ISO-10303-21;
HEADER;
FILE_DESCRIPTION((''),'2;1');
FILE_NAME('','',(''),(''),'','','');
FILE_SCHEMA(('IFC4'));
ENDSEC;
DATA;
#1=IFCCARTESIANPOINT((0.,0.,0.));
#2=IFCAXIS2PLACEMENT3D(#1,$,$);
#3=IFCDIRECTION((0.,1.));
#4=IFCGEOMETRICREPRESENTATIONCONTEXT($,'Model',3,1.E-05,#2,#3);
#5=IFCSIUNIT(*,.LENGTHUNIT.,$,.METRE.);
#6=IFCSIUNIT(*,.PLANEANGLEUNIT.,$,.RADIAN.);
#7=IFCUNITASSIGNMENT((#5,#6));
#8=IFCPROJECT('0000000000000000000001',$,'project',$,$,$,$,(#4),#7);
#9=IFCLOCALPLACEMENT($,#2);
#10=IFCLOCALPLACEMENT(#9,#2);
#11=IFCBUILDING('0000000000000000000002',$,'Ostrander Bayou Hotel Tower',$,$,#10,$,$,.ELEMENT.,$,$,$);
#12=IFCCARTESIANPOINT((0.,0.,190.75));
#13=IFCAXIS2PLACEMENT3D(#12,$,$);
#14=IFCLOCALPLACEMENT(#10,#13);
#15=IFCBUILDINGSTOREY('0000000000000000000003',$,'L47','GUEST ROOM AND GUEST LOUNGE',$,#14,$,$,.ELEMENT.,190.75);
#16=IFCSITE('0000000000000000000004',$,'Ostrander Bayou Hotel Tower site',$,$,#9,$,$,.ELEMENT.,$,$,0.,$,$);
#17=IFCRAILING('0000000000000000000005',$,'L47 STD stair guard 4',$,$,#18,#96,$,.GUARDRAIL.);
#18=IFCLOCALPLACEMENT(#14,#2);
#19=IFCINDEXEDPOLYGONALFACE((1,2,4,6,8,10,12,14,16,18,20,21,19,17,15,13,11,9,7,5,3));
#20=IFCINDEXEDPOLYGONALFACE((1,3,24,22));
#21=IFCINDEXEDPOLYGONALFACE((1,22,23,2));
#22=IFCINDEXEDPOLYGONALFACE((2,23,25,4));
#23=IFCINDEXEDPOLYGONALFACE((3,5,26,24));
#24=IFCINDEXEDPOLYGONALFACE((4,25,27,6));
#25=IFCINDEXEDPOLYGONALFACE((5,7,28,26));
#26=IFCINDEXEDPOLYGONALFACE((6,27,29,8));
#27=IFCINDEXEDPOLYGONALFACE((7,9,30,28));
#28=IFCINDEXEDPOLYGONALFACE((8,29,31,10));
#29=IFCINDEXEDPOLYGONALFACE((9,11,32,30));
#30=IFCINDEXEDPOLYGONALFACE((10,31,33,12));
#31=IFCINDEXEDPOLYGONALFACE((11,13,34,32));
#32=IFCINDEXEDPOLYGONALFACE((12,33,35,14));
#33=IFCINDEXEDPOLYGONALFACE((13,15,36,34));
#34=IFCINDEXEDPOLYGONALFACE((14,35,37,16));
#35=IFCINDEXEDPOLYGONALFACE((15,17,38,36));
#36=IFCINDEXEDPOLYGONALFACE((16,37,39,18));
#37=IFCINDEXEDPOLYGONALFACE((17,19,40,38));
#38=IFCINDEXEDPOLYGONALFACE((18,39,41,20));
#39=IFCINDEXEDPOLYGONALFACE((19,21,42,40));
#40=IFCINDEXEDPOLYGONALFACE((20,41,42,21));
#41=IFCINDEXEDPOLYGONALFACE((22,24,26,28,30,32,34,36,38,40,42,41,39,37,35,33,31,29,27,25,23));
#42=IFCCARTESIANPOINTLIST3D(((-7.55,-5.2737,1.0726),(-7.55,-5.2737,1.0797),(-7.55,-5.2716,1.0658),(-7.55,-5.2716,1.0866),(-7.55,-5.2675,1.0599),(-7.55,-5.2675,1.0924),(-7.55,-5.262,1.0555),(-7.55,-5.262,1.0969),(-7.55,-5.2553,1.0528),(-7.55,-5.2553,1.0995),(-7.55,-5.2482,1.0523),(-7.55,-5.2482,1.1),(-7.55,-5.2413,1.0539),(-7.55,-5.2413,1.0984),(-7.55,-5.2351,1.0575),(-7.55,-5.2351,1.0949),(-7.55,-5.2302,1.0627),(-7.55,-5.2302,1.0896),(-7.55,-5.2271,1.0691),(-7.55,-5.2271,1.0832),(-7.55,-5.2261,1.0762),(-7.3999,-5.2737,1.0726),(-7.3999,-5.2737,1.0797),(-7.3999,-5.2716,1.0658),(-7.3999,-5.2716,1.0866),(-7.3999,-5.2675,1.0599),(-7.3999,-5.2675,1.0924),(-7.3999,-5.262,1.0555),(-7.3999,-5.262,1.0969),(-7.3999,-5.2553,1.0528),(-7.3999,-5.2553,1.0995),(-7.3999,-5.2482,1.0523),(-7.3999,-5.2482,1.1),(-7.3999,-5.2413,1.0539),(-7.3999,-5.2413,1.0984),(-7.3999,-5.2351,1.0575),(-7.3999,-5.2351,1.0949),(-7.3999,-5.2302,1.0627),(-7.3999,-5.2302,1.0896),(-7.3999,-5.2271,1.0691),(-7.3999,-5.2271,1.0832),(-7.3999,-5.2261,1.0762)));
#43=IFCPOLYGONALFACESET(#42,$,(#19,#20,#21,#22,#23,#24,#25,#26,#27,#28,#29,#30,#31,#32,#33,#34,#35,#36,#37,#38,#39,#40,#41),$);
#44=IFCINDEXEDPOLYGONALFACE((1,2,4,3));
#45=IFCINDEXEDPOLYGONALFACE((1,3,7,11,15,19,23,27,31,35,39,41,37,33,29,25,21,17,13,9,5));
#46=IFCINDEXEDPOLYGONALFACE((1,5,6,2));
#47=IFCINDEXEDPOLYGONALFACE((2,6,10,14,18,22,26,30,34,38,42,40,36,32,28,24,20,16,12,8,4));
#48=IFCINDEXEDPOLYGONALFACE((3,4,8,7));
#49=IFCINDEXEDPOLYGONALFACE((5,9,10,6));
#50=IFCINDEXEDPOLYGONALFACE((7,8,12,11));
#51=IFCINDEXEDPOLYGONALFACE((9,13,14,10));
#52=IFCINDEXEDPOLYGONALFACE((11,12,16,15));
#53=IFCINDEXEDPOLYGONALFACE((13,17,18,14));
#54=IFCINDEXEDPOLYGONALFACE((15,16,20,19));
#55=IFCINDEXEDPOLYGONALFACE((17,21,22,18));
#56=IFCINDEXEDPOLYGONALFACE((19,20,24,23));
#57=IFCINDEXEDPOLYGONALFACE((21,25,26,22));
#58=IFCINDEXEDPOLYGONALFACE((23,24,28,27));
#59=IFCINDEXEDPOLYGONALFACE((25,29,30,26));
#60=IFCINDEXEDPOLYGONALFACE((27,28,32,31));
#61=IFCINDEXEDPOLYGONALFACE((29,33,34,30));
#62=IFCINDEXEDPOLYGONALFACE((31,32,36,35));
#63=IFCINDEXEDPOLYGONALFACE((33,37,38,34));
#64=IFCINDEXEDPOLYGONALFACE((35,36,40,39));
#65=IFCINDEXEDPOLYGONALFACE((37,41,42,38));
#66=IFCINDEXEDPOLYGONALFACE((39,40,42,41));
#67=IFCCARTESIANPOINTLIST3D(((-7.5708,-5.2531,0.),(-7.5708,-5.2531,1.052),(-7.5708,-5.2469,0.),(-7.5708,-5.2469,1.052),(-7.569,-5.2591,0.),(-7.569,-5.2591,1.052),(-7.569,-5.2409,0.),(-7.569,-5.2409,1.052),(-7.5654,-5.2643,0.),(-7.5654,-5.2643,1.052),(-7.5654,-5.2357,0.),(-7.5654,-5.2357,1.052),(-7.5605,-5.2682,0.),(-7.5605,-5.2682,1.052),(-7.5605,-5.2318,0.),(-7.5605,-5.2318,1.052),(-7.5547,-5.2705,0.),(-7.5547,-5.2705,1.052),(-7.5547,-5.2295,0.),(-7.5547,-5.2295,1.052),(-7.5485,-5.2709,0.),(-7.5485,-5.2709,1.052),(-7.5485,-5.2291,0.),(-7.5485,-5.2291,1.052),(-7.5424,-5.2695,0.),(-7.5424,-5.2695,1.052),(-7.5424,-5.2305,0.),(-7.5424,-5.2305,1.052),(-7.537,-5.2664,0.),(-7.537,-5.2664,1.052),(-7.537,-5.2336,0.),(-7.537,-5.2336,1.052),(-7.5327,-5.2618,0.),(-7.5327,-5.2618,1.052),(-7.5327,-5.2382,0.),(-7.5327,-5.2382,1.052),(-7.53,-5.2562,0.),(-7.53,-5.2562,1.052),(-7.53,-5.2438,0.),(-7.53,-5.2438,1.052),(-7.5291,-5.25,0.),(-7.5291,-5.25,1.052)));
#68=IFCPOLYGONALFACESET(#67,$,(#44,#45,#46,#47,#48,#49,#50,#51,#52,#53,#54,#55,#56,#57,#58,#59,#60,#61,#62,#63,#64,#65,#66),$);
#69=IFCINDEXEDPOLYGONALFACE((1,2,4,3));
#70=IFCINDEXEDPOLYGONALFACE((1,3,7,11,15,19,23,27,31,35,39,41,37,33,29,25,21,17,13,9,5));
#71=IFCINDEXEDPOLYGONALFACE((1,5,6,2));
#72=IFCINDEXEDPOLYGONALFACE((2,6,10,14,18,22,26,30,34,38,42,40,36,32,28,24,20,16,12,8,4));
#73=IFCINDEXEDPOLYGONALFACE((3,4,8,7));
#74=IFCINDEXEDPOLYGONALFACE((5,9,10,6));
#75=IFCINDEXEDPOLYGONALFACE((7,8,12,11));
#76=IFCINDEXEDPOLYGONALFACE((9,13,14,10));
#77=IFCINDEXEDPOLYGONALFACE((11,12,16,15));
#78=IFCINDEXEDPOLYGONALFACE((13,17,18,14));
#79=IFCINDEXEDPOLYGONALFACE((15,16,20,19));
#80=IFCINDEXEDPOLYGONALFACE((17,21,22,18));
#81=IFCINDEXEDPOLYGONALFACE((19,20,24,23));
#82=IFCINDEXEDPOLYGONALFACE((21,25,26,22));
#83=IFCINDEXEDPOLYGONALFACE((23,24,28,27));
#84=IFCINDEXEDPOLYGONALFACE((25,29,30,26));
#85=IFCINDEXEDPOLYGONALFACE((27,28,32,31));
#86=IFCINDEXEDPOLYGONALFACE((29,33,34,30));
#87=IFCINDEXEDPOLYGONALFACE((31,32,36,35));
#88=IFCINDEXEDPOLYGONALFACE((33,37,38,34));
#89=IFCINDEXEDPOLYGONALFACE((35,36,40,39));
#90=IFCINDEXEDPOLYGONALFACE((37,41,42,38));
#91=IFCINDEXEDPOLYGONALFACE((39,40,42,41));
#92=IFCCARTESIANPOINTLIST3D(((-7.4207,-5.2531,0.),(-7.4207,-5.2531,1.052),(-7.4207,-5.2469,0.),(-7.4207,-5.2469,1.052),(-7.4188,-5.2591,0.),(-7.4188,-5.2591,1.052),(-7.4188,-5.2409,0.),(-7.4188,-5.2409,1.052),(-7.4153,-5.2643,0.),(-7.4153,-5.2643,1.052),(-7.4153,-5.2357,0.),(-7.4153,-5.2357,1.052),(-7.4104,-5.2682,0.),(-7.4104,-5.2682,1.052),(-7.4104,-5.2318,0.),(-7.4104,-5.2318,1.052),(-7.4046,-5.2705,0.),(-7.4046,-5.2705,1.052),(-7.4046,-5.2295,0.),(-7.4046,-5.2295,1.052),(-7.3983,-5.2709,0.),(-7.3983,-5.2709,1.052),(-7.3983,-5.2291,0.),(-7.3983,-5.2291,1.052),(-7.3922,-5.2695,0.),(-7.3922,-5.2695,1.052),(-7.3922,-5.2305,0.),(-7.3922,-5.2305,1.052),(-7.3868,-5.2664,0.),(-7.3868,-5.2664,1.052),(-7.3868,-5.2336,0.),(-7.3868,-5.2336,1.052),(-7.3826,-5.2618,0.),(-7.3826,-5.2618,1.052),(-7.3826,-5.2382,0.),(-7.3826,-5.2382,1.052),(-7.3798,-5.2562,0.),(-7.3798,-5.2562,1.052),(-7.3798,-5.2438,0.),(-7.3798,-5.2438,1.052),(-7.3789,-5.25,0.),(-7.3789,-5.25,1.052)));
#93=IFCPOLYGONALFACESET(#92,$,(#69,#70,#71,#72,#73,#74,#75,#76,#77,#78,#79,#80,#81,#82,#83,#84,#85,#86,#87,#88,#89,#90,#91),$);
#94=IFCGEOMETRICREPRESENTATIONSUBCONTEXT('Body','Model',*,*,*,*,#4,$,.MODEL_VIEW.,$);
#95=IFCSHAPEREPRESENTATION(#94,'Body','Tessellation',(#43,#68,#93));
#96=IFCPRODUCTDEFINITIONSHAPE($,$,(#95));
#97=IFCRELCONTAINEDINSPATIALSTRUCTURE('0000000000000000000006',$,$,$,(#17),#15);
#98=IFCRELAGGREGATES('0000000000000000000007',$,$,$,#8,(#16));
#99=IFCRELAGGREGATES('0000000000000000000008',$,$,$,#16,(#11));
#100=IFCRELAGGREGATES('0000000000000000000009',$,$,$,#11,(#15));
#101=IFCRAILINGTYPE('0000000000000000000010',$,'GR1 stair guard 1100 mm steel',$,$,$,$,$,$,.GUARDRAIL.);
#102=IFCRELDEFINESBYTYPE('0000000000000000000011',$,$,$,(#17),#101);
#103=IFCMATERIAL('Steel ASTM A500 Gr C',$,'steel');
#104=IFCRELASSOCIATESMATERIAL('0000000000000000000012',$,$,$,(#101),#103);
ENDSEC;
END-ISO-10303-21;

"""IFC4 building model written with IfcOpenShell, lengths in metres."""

from ifc_helpers import new_model, si_unit, direction, frame, origin, origin_2d, place, context, subcontext, project, spatial, circle, extrude, material, type_object, element, save


model = new_model("IFC4")

# Units and contexts
model_context = context("Model", 3, precision=1e-05, world=origin(), true_north=direction((0.0, 1.0)))
body_context = subcontext(model_context, "Body", "Model", "MODEL_VIEW")
ifc_project = project(units=[si_unit("LENGTHUNIT", "METRE"), si_unit("PLANEANGLEUNIT", "RADIAN")], contexts=[model_context])

# Site, building, storey
site_placement = place(None, origin())
site = spatial("IfcSite", under=ifc_project, at=site_placement, Name="Ostrander Bayou Hotel Tower site", CompositionType="ELEMENT", RefElevation=0.0)
building_placement = place(site_placement, origin())
building = spatial("IfcBuilding", under=site, at=building_placement, Name="Ostrander Bayou Hotel Tower", CompositionType="ELEMENT")
storey_placement = place(building_placement, frame((0.0, 0.0, 190.75)))
storey = spatial("IfcBuildingStorey", under=building, at=storey_placement, Name="L47", Description="GUEST ROOM AND GUEST LOUNGE", CompositionType="ELEMENT", Elevation=190.75)

# Railing
ifc_material_1 = material(Name="Steel ASTM A500 Gr C", Category="steel")
railing_type_1 = type_object("IfcRailingType", Name="GR1 stair guard 1100 mm steel", PredefinedType="GUARDRAIL", material=ifc_material_1)
railing_1_placement = place(storey_placement, frame((-7.55, -5.25, 0.0)))
element("IfcRailing", 1, at=railing_1_placement, inside=storey, type_object=railing_type_1, Name="L47 STD stair guard 4", PredefinedType="GUARDRAIL", context=body_context, shape_type="SweptSolid", body=[
    extrude(circle(Radius=0.0239, at=origin_2d()), frame((0.0, 0.0, 1.0762), z_axis=(1.0, 0.0, 0.0), x_axis=(0.0, 1.0, 0.0)), (0.0, 0.0, 1.0), 0.1501),
    extrude(circle(Radius=0.021, at=origin_2d()), origin(), (0.0, 0.0, 1.0), 1.052),
    extrude(circle(Radius=0.021, at=origin_2d()), frame((0.1501, 0.0, 0.0)), (0.0, 0.0, 1.0), 1.052),
])

save(model, "model.ifc")
